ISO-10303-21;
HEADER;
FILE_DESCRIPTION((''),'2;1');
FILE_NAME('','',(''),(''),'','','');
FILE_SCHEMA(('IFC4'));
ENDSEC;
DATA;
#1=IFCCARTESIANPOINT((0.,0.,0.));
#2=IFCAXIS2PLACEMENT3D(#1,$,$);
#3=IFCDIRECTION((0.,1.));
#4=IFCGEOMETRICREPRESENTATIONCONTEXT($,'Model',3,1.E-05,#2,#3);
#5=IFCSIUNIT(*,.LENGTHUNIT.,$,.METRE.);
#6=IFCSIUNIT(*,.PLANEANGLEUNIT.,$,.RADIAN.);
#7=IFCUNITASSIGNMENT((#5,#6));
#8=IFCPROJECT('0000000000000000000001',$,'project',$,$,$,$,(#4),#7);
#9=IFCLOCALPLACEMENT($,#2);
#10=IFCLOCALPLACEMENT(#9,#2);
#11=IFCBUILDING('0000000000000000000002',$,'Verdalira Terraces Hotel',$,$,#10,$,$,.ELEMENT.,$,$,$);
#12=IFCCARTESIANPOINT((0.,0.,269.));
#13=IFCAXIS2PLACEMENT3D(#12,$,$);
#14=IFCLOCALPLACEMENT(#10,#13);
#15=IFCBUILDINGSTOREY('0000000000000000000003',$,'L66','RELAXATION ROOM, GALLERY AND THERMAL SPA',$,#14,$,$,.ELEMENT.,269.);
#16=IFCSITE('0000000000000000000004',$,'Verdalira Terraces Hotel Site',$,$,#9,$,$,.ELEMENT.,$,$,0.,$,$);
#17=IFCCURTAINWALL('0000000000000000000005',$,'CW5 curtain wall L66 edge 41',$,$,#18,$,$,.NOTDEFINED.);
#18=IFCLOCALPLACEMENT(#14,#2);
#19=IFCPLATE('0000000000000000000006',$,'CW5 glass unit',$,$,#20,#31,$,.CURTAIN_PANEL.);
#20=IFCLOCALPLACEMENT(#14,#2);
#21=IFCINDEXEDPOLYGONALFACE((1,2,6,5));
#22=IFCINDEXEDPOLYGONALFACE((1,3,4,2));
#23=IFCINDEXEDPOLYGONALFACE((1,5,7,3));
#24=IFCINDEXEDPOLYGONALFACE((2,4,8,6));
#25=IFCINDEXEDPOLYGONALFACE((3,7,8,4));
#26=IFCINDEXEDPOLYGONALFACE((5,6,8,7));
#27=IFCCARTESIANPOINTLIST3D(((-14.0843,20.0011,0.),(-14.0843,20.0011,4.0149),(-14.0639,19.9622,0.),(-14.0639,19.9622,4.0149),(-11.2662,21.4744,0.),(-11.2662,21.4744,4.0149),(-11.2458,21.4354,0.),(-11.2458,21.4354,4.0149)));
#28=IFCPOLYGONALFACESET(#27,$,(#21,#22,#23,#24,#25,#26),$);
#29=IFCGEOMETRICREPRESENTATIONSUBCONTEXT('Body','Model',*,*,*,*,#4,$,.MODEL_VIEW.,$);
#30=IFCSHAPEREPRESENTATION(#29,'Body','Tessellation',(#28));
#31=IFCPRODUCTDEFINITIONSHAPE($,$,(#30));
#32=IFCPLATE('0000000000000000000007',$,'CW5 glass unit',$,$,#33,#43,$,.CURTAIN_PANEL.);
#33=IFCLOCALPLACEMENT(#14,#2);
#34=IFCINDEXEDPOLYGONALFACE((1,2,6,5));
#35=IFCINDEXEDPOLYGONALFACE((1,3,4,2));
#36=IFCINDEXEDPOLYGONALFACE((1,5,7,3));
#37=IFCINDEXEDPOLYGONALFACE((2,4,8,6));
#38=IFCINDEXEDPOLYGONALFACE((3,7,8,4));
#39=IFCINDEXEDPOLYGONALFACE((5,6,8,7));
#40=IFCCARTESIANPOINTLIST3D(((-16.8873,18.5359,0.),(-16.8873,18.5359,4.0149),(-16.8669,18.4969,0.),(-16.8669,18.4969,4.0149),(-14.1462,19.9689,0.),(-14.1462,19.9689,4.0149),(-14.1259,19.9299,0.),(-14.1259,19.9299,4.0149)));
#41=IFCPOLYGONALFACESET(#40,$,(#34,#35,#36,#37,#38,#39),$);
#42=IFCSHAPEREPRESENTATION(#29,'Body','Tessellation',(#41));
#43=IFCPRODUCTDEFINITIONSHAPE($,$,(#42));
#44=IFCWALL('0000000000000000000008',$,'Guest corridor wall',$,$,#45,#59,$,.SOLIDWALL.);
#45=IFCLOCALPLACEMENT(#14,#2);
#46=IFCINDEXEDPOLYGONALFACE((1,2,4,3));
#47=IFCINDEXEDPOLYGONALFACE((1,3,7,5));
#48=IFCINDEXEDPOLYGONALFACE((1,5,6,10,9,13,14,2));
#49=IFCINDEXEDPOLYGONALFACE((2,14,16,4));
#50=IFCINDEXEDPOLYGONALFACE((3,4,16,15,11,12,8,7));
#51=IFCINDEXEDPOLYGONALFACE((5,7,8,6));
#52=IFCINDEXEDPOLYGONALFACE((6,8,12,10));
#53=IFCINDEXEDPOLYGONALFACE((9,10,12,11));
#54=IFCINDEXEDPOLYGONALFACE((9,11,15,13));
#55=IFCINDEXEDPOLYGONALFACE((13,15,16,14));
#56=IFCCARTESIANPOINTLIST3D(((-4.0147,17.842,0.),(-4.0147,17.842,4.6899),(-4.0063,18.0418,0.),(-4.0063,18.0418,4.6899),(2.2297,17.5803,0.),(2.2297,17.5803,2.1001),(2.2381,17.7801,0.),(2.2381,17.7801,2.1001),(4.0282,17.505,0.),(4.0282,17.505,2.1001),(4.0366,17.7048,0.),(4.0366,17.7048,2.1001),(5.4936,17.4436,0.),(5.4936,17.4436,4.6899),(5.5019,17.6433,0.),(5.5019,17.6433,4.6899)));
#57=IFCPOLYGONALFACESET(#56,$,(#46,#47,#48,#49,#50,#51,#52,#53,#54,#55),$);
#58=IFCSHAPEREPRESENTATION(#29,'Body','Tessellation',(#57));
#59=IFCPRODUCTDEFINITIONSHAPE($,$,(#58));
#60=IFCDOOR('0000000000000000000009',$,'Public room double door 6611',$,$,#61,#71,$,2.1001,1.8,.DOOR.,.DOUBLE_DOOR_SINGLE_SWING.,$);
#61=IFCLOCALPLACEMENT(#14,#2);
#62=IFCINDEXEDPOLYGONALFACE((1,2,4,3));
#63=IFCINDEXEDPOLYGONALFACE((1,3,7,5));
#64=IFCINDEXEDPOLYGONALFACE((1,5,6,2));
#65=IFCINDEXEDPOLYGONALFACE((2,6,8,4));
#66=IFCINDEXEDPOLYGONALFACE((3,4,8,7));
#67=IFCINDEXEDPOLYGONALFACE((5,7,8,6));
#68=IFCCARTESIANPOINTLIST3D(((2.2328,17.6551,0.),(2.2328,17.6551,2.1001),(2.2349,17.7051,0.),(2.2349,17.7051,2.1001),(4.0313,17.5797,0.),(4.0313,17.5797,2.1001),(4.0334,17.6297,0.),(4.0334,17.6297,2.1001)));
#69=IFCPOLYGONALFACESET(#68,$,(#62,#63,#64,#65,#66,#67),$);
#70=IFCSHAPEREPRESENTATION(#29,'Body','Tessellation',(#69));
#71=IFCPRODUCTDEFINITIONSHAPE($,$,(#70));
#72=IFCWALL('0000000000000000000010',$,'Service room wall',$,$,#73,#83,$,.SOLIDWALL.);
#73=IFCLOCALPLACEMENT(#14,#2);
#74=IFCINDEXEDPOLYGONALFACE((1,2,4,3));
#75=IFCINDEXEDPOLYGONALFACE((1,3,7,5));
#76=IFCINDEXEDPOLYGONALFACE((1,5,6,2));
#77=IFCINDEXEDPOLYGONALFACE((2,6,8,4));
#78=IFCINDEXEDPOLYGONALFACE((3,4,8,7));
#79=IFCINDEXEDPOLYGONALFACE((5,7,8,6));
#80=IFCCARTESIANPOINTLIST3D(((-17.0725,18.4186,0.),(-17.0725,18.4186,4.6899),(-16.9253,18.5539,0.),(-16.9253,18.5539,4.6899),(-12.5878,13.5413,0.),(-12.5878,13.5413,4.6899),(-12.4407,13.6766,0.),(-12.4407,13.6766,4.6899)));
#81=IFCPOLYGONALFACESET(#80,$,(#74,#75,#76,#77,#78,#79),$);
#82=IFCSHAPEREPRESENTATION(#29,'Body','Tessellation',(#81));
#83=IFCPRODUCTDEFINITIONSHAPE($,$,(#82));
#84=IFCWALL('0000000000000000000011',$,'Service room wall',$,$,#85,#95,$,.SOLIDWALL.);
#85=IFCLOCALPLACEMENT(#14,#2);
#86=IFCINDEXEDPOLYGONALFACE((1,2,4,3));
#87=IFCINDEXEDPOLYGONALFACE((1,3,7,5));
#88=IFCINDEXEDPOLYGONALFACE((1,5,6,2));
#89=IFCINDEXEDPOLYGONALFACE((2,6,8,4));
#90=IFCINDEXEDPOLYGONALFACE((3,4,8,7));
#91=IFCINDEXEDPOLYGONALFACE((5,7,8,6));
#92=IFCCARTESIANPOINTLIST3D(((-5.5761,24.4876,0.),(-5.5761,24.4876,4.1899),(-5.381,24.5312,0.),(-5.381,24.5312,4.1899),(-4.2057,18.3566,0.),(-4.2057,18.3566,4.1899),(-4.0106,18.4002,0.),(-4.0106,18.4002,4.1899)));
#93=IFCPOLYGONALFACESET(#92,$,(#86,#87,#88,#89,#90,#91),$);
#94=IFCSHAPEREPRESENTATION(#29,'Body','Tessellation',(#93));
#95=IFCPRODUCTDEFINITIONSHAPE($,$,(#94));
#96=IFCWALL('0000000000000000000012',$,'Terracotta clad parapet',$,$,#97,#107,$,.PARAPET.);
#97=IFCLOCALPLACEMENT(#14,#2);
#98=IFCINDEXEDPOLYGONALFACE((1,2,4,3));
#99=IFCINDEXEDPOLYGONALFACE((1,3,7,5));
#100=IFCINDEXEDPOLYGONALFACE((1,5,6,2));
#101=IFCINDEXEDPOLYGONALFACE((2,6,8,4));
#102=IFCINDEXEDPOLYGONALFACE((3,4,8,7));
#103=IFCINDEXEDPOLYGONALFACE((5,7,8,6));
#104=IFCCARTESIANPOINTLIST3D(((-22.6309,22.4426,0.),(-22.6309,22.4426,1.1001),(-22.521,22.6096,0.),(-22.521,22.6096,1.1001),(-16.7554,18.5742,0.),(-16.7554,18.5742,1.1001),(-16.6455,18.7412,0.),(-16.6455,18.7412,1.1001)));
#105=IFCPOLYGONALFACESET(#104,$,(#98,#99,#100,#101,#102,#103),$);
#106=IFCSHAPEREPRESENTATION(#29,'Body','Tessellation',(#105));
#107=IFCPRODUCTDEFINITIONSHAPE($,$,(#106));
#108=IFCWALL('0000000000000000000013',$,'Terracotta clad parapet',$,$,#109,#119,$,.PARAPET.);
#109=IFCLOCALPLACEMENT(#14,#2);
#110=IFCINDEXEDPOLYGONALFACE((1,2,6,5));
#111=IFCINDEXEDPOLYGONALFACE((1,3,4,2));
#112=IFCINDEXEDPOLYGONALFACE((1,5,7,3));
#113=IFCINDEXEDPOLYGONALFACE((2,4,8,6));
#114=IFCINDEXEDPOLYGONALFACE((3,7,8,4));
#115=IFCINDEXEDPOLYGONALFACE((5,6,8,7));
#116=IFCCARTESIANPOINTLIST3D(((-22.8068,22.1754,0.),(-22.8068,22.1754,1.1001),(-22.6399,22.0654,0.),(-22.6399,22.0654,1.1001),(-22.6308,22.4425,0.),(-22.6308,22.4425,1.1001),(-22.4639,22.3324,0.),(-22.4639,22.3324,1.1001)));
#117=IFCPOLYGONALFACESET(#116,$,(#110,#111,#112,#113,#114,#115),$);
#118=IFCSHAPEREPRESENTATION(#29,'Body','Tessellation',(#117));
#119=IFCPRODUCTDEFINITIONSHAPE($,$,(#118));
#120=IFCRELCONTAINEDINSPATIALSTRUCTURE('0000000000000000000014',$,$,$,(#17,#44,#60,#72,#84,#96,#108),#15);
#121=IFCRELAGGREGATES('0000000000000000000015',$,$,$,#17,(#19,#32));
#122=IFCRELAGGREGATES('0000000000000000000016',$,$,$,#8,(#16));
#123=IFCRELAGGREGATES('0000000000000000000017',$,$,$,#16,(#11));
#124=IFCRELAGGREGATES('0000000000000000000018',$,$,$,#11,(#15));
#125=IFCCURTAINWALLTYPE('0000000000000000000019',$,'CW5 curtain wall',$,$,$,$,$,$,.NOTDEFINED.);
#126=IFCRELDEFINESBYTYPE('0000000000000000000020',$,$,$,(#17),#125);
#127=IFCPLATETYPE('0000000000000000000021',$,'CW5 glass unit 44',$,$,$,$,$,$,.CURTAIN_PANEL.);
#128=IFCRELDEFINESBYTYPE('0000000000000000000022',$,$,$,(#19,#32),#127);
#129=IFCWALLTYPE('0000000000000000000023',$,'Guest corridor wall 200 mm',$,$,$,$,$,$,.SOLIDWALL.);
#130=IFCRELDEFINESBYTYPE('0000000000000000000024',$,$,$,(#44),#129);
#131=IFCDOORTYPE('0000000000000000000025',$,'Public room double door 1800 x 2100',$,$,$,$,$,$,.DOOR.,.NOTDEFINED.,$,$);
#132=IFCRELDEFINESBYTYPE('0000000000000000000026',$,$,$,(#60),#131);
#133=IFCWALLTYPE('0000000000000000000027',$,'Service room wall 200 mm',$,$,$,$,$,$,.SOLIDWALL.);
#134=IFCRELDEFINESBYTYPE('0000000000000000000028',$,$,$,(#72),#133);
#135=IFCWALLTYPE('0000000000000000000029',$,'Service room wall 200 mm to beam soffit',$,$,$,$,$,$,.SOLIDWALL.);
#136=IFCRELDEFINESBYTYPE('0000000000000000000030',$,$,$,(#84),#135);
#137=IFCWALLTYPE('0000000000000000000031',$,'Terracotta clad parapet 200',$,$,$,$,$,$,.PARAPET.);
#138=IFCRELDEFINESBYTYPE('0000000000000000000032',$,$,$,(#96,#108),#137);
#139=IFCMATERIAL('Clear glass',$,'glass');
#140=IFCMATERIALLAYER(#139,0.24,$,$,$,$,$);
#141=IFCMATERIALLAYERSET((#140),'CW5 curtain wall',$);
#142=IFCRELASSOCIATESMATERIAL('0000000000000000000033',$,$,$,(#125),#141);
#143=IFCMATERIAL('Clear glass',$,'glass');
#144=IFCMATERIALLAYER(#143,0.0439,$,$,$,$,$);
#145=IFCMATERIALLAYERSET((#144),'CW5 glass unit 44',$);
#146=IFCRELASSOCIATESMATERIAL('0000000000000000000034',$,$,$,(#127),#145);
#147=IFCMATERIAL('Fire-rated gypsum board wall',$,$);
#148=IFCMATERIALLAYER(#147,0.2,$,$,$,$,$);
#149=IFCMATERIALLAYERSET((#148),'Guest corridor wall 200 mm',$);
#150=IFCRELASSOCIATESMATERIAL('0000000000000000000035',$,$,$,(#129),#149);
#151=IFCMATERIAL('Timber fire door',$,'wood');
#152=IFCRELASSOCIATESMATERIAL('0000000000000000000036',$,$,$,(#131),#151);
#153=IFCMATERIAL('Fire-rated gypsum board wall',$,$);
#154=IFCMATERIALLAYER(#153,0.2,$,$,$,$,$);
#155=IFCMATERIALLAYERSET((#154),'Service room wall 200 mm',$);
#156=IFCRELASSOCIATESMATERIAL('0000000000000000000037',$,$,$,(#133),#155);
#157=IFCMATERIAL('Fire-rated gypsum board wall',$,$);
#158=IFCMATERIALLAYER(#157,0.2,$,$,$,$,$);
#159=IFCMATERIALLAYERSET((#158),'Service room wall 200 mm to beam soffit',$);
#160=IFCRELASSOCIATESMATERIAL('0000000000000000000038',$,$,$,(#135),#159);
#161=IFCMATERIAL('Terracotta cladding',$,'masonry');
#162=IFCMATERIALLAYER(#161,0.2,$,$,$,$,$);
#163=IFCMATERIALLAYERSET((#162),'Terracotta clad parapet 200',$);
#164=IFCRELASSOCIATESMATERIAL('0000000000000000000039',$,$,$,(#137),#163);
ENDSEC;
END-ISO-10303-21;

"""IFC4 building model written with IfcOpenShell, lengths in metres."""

from ifc_helpers import new_model, si_unit, direction, frame, frame_2d, origin, origin_2d, place, context, subcontext, project, spatial, rectangle, extrude, material, layer, layer_set, type_object, element, fill, aggregate, save


model = new_model("IFC4")

# Units and contexts
model_context = context("Model", 3, precision=1e-05, world=origin(), true_north=direction((0.0, 1.0)))
body_context = subcontext(model_context, "Body", "Model", "MODEL_VIEW")
ifc_project = project(units=[si_unit("LENGTHUNIT", "METRE"), si_unit("PLANEANGLEUNIT", "RADIAN")], contexts=[model_context])

# Site, building, storey
site_placement = place(None, origin())
site = spatial("IfcSite", under=ifc_project, at=site_placement, Name="Verdalira Terraces Hotel Site", CompositionType="ELEMENT", RefElevation=0.0)
building_placement = place(site_placement, origin())
building = spatial("IfcBuilding", under=site, at=building_placement, Name="Verdalira Terraces Hotel", CompositionType="ELEMENT")
storey_placement = place(building_placement, frame((0.0, 0.0, 269.0)))
storey = spatial("IfcBuildingStorey", under=building, at=storey_placement, Name="L66", Description="RELAXATION ROOM, GALLERY AND THERMAL SPA", CompositionType="ELEMENT", Elevation=269.0)

# Shared definitions
ifc_material_1 = material(Name="Clear glass", Category="glass")
ifc_layer_1 = layer(ifc_material_1, 0.24)
ifc_layer_set_1 = layer_set([ifc_layer_1], Name="CW5 curtain wall")
curtain_wall_type = type_object("IfcCurtainWallType", Name="CW5 curtain wall", PredefinedType="NOTDEFINED", material=ifc_layer_set_1)

# Curtain wall
curtain_wall_1_placement = place(storey_placement, origin())
curtain_wall_1 = element("IfcCurtainWall", 1, at=curtain_wall_1_placement, inside=storey, type_object=curtain_wall_type, Name="CW5 curtain wall L66 edge 41", PredefinedType="NOTDEFINED")

# Plates
ifc_material_2 = material(Name="Clear glass", Category="glass")
ifc_layer_2 = layer(ifc_material_2, 0.0439)
ifc_layer_set_2 = layer_set([ifc_layer_2], Name="CW5 glass unit 44")
plate_type = type_object("IfcPlateType", Name="CW5 glass unit 44", PredefinedType="CURTAIN_PANEL", material=ifc_layer_set_2)
plate_1_placement = place(storey_placement, frame((-12.665, 20.7183, 0.0), z_axis=(0.0, 0.0, 1.0), x_axis=(-0.886204, -0.463296, 0.0)))
plate_1 = element("IfcPlate", 2, at=plate_1_placement, type_object=plate_type, Name="CW5 glass unit", PredefinedType="CURTAIN_PANEL", context=body_context, shape_type="SweptSolid", body=[
    extrude(rectangle(XDim=3.1799, YDim=0.0439, at=origin_2d()), origin(), (0.0, 0.0, 1.0), 4.0149),
])
plate_2_placement = place(storey_placement, frame((-15.5066, 19.2329, 0.0), z_axis=(0.0, 0.0, 1.0), x_axis=(-0.886204, -0.463296, 0.0)))
plate_2 = element("IfcPlate", 3, at=plate_2_placement, type_object=plate_type, Name="CW5 glass unit", PredefinedType="CURTAIN_PANEL", context=body_context, shape_type="SweptSolid", body=[
    extrude(rectangle(XDim=3.093, YDim=0.0439, at=origin_2d()), origin(), (0.0, 0.0, 1.0), 4.0149),
])
aggregate(curtain_wall_1, [plate_1, plate_2])

# Wall, opening, door
ifc_material_3 = material(Name="Fire-rated gypsum board wall")
ifc_layer_3 = layer(ifc_material_3, 0.2)
ifc_layer_set_3 = layer_set([ifc_layer_3], Name="Guest corridor wall 200 mm")
wall_type_1 = type_object("IfcWallType", Name="Guest corridor wall 200 mm", PredefinedType="SOLIDWALL", material=ifc_layer_set_3)
wall_1_placement = place(storey_placement, frame((-4.0105, 17.9419, 0.0), z_axis=(0.0, 0.0, 1.0), x_axis=(0.999123, -0.041867, 0.0)))
wall_1 = element("IfcWall", 4, at=wall_1_placement, inside=storey, type_object=wall_type_1, Name="Guest corridor wall", PredefinedType="SOLIDWALL", context=body_context, shape_type="SweptSolid", body=[
    extrude(rectangle(XDim=9.5166, YDim=0.2, at=frame_2d((4.7583, 0.0))), origin(), (0.0, 0.0, 1.0), 4.6899),
])
opening_placement = place(wall_1_placement, frame((6.25, 0.0, 0.0)))
opening = element("IfcOpeningElement", 5, at=opening_placement, cuts=wall_1, PredefinedType="OPENING", context=body_context, shape_type="SweptSolid", body=[
    extrude(rectangle(XDim=1.8, YDim=2.1001, at=frame_2d((0.8999, 1.05))), frame((0.0, 0.1099, 0.0), z_axis=(0.0, -1.0, 0.0), x_axis=(1.0, 0.0, 0.0)), (0.0, 0.0, 1.0), 0.22),
])
ifc_material_4 = material(Name="Timber fire door", Category="wood")
door_type = type_object("IfcDoorType", Name="Public room double door 1800 x 2100", OperationType="NOTDEFINED", PredefinedType="DOOR", material=ifc_material_4)
door_placement = place(opening_placement, origin())
door = element("IfcDoor", 6, at=door_placement, inside=storey, type_object=door_type, Name="Public room double door 6611", OperationType="DOUBLE_DOOR_SINGLE_SWING", OverallHeight=2.1001, OverallWidth=1.8, PredefinedType="DOOR", context=body_context, shape_type="SweptSolid", body=[
    extrude(rectangle(XDim=1.8, YDim=2.1001, at=frame_2d((0.8999, 1.05))), frame((0.0, 0.0249, 0.0), z_axis=(0.0, -1.0, 0.0), x_axis=(1.0, 0.0, 0.0)), (0.0, 0.0, 1.0), 0.05),
])
fill(opening, door)

# Walls
ifc_material_5 = material(Name="Fire-rated gypsum board wall")
ifc_layer_4 = layer(ifc_material_5, 0.2)
ifc_layer_set_4 = layer_set([ifc_layer_4], Name="Service room wall 200 mm")
wall_type_2 = type_object("IfcWallType", Name="Service room wall 200 mm", PredefinedType="SOLIDWALL", material=ifc_layer_set_4)
wall_2_placement = place(storey_placement, frame((-16.999, 18.4863, 0.0), z_axis=(0.0, 0.0, 1.0), x_axis=(0.67686, -0.736112, 0.0)))
element("IfcWall", 7, at=wall_2_placement, inside=storey, type_object=wall_type_2, Name="Service room wall", PredefinedType="SOLIDWALL", context=body_context, shape_type="SweptSolid", body=[
    extrude(rectangle(XDim=6.6257, YDim=0.2, at=frame_2d((3.313, 0.0))), origin(), (0.0, 0.0, 1.0), 4.6899),
])
ifc_material_6 = material(Name="Fire-rated gypsum board wall")
ifc_layer_5 = layer(ifc_material_6, 0.2)
ifc_layer_set_5 = layer_set([ifc_layer_5], Name="Service room wall 200 mm to beam soffit")
wall_type_3 = type_object("IfcWallType", Name="Service room wall 200 mm to beam soffit", PredefinedType="SOLIDWALL", material=ifc_layer_set_5)
wall_3_placement = place(storey_placement, frame((-4.1082, 18.3784, 0.0), z_axis=(0.0, 0.0, 1.0), x_axis=(-0.218136, 0.975918, 0.0)))
element("IfcWall", 8, at=wall_3_placement, inside=storey, type_object=wall_type_3, Name="Service room wall", PredefinedType="SOLIDWALL", context=body_context, shape_type="SweptSolid", body=[
    extrude(rectangle(XDim=6.2822, YDim=0.2, at=frame_2d((3.1411, 0.0))), origin(), (0.0, 0.0, 1.0), 4.1899),
])
ifc_material_7 = material(Name="Terracotta cladding", Category="masonry")
ifc_layer_6 = layer(ifc_material_7, 0.2)
ifc_layer_set_6 = layer_set([ifc_layer_6], Name="Terracotta clad parapet 200")
wall_type_4 = type_object("IfcWallType", Name="Terracotta clad parapet 200", PredefinedType="PARAPET", material=ifc_layer_set_6)
wall_4_placement = place(storey_placement, frame((-16.7004, 18.6577, 0.0), z_axis=(0.0, 0.0, 1.0), x_axis=(-0.835224, 0.54991, 0.0)))
element("IfcWall", 9, at=wall_4_placement, inside=storey, type_object=wall_type_4, Name="Terracotta clad parapet", PredefinedType="PARAPET", context=body_context, shape_type="SweptSolid", body=[
    extrude(rectangle(XDim=7.0347, YDim=0.2, at=frame_2d((3.5173, 0.0))), origin(), (0.0, 0.0, 1.0), 1.1001),
])
wall_5_placement = place(storey_placement, frame((-22.5474, 22.3875, 0.0), z_axis=(0.0, 0.0, 1.0), x_axis=(-0.550289, -0.834974, 0.0)))
element("IfcWall", 10, at=wall_5_placement, inside=storey, type_object=wall_type_4, Name="Terracotta clad parapet", PredefinedType="PARAPET", context=body_context, shape_type="SweptSolid", body=[
    extrude(rectangle(XDim=0.3198, YDim=0.2, at=frame_2d((0.1599, 0.0))), origin(), (0.0, 0.0, 1.0), 1.1001),
])

save(model, "model.ifc")
